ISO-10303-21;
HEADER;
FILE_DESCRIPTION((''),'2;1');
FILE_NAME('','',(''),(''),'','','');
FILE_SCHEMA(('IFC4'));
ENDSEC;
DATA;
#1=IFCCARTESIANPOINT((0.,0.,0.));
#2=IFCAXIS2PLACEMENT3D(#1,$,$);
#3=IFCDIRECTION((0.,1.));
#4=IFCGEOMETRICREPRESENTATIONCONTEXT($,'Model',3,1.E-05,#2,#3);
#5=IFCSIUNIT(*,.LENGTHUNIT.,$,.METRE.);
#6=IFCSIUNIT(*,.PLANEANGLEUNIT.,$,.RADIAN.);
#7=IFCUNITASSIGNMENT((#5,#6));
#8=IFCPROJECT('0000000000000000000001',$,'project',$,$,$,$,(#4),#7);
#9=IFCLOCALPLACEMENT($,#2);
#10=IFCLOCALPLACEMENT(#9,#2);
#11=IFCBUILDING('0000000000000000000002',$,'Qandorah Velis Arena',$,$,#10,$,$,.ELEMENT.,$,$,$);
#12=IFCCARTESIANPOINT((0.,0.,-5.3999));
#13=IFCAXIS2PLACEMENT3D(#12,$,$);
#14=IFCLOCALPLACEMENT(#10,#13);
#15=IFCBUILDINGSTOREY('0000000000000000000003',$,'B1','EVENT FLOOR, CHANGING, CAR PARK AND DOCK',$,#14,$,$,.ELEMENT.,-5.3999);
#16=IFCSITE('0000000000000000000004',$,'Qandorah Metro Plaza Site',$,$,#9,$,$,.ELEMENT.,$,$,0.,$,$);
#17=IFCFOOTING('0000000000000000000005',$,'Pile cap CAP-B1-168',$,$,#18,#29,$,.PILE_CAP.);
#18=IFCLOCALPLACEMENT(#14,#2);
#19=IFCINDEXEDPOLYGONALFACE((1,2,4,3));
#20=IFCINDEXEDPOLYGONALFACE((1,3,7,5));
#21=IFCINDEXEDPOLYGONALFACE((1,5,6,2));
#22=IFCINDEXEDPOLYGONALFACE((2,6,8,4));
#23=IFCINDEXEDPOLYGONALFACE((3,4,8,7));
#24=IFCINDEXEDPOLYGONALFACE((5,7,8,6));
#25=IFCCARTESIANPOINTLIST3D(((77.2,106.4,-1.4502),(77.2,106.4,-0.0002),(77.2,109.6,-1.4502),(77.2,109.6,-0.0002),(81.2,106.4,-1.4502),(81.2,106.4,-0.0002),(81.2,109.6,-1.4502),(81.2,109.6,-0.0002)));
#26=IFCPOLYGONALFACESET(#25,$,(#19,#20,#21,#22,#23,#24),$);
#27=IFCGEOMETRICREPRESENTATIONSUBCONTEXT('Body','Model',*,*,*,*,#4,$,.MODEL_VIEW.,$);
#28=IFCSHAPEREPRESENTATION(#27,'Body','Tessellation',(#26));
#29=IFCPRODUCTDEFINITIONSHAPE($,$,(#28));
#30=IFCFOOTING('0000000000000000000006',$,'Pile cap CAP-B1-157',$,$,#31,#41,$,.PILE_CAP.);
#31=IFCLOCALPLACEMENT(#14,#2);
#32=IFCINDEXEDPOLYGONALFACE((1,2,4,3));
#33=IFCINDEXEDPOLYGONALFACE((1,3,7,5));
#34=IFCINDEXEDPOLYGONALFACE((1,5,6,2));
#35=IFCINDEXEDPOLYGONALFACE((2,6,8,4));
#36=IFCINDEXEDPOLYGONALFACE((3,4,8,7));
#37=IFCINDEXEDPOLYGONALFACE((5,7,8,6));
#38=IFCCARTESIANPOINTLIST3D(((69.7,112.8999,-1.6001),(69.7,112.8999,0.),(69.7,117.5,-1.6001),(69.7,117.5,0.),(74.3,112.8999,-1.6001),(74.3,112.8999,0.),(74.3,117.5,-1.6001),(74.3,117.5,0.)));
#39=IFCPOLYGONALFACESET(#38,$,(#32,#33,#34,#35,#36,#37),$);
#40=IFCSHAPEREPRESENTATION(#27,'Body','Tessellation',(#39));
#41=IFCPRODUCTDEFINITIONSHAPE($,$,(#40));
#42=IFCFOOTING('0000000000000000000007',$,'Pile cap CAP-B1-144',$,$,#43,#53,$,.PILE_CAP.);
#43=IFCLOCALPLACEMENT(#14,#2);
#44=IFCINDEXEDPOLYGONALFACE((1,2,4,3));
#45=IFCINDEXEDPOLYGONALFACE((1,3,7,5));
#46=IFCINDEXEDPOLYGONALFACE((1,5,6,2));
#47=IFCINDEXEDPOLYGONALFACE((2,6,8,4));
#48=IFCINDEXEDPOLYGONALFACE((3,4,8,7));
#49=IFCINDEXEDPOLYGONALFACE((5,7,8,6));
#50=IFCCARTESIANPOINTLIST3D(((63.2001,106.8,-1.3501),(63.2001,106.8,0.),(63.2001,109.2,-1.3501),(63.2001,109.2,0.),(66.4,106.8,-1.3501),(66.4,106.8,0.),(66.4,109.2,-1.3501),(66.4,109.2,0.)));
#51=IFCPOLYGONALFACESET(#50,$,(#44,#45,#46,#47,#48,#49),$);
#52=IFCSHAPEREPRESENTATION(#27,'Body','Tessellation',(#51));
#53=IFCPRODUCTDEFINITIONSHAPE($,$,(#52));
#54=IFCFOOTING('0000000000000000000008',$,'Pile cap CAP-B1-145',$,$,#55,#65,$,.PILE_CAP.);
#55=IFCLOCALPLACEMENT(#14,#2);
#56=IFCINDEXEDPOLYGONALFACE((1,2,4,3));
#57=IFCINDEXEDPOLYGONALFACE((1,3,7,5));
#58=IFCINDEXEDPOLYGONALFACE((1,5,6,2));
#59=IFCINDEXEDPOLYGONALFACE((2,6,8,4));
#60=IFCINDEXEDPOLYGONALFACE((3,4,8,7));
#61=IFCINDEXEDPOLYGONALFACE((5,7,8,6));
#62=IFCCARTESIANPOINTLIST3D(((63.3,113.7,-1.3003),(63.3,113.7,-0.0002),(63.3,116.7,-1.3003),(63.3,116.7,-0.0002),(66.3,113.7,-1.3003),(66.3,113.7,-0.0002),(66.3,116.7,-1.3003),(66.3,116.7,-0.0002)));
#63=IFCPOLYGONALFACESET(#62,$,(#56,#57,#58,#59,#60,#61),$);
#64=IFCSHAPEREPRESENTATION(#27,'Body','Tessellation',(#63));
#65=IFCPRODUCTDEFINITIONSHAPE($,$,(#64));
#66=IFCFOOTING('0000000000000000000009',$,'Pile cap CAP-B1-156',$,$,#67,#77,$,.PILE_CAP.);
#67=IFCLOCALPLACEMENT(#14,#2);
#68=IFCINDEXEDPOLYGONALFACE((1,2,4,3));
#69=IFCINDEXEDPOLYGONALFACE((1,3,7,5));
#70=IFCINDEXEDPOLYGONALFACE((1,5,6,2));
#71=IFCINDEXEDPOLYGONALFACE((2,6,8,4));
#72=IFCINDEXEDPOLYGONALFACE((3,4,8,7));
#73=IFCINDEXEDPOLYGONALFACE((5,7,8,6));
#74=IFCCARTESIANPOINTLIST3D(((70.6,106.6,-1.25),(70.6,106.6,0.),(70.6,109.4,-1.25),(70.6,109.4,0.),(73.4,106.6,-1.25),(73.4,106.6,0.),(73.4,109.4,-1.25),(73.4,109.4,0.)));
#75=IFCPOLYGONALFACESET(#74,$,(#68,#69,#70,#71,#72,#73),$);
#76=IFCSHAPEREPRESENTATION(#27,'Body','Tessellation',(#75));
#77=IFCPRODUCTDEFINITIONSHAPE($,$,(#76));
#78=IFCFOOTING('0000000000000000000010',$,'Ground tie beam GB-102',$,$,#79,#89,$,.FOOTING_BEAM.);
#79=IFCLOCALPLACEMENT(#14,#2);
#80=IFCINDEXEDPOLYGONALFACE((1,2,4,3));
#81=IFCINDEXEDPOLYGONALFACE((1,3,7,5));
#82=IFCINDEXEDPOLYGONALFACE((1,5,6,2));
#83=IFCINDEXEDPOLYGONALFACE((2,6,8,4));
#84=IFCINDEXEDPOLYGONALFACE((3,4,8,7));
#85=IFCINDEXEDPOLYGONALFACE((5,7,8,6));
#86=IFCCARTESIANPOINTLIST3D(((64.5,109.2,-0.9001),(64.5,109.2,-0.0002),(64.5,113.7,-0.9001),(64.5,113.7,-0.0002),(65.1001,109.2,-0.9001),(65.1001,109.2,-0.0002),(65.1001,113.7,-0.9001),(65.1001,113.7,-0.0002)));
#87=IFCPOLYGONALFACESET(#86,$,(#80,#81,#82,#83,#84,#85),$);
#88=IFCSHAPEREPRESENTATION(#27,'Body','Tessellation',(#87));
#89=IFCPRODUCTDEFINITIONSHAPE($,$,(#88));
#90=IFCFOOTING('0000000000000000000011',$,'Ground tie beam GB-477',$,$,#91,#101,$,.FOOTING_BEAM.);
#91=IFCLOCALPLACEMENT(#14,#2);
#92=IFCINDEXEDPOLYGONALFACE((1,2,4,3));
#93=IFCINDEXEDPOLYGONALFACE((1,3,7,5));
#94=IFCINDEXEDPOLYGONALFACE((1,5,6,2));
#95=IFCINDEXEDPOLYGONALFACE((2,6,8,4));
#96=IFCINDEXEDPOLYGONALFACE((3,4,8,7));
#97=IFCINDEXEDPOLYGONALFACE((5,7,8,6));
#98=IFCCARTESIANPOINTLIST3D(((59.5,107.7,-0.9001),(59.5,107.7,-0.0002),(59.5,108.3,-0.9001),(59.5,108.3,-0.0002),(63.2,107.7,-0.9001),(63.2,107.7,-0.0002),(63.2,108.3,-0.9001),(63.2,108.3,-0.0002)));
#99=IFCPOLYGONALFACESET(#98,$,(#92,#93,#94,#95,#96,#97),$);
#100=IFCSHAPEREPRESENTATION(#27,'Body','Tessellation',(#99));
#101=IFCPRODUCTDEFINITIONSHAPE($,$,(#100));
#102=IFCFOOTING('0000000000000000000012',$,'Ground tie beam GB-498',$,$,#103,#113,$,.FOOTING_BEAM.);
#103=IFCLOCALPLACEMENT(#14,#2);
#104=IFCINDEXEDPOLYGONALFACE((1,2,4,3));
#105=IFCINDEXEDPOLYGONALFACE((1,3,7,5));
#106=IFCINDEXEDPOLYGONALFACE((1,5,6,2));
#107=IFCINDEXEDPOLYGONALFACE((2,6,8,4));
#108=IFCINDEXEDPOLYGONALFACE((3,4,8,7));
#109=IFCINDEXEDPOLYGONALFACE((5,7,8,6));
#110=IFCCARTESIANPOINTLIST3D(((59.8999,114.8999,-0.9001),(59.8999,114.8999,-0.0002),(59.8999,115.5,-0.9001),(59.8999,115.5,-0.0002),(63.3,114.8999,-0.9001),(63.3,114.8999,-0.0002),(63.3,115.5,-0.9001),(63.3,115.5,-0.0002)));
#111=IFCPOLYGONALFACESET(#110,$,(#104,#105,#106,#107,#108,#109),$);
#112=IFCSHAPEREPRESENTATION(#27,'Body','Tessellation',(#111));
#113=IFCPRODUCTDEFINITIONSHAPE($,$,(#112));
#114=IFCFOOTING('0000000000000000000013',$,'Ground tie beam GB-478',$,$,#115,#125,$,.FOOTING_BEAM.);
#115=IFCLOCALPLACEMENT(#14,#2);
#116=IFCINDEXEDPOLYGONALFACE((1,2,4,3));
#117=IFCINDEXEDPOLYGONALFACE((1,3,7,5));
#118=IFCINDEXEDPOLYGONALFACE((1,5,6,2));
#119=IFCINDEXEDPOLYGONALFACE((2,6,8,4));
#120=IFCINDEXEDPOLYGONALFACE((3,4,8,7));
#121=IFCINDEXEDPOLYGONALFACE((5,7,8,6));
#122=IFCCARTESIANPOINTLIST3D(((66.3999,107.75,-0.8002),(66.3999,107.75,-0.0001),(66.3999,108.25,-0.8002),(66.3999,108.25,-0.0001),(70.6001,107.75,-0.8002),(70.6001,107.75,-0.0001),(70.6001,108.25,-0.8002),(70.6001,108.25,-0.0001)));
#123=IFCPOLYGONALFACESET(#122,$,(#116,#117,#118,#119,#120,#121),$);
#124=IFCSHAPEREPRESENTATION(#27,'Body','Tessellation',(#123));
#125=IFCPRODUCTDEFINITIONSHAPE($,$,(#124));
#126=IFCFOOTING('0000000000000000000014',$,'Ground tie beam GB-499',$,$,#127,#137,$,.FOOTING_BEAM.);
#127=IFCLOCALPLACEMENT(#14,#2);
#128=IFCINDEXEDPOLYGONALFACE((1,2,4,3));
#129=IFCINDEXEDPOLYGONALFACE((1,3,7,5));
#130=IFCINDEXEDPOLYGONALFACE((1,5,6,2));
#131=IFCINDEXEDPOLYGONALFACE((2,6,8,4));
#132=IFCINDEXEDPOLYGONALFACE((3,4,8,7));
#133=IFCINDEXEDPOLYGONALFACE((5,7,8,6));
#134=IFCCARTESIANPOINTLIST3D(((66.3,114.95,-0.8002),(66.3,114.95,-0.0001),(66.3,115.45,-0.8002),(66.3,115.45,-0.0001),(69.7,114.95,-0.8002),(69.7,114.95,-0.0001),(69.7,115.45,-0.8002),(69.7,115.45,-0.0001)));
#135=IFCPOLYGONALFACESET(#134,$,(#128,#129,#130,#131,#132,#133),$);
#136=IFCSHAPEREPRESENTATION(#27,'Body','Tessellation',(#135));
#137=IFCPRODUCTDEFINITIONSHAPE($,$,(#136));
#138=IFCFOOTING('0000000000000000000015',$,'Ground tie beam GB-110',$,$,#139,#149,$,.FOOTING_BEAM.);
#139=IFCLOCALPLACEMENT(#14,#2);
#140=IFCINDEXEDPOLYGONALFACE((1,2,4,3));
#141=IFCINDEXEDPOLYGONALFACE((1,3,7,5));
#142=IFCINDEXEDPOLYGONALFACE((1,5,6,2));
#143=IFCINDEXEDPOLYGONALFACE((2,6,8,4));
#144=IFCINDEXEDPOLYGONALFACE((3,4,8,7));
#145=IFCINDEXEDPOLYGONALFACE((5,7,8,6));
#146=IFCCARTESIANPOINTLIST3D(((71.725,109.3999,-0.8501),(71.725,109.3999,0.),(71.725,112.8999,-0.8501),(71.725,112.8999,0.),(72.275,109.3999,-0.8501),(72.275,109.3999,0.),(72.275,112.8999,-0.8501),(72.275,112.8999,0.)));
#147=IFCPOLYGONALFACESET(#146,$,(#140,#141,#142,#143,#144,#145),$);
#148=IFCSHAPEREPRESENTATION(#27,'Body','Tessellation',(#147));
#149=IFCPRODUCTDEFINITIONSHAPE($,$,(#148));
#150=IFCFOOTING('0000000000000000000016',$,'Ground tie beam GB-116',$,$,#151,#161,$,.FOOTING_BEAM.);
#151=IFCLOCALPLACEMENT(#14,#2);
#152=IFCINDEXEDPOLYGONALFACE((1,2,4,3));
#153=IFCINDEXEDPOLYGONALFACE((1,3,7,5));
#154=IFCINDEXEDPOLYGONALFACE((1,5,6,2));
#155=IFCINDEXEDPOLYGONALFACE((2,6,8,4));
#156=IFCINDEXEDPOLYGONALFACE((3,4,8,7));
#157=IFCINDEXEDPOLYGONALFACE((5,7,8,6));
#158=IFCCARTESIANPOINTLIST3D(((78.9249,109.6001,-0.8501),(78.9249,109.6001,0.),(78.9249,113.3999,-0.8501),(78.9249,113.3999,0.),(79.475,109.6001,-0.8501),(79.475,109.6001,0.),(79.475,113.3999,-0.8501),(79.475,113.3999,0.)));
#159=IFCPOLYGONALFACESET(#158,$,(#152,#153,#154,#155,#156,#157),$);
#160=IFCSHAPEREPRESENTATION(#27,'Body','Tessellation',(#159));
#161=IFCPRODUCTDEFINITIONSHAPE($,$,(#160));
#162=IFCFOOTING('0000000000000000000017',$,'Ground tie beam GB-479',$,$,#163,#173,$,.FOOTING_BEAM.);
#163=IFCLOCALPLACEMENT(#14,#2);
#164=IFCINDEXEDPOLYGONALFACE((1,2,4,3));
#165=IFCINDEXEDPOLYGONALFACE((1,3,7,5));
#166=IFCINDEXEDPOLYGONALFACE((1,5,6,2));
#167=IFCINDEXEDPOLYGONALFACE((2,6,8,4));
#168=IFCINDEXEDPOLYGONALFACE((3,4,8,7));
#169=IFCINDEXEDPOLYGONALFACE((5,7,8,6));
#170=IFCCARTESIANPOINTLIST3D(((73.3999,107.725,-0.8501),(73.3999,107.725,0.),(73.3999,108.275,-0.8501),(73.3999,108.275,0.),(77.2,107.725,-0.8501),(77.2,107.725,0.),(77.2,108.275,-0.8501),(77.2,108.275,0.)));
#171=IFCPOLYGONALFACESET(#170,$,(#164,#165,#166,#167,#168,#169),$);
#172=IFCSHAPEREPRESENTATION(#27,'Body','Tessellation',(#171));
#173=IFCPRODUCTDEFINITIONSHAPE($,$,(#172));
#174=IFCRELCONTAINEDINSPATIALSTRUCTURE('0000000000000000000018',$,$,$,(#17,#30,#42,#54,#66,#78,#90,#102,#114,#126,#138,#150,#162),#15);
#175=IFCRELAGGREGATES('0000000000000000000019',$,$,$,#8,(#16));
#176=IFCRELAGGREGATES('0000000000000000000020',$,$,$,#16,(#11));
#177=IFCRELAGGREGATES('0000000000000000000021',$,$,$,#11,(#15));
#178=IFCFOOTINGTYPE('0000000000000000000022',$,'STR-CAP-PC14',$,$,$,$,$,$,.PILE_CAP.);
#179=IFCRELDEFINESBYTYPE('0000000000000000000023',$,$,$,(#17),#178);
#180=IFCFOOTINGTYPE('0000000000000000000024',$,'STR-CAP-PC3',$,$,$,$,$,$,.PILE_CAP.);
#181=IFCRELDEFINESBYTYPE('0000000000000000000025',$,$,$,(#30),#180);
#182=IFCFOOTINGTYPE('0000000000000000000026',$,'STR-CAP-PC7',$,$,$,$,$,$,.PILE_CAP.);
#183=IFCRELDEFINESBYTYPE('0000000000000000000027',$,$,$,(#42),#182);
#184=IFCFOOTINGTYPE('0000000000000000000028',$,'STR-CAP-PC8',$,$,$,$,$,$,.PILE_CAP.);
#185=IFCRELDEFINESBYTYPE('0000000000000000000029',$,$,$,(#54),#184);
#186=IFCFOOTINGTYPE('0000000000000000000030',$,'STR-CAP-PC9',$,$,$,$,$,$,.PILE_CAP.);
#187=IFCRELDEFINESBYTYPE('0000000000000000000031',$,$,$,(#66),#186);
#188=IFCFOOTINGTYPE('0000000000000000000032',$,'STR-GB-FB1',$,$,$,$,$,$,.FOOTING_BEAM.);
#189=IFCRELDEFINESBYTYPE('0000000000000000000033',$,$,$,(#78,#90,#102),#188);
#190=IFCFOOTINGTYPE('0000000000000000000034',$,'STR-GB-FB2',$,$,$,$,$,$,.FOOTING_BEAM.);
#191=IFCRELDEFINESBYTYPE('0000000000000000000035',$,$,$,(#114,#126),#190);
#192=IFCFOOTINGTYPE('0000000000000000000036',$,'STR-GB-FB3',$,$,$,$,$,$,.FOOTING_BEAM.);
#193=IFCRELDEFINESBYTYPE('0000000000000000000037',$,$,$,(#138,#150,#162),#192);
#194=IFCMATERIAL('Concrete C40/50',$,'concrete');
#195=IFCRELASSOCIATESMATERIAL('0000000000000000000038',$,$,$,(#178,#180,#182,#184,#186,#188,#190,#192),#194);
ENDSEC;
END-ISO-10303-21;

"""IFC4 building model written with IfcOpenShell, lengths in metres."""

from ifc_helpers import new_model, si_unit, direction, frame, origin, origin_2d, place, context, subcontext, project, spatial, rectangle, extrude, material, material_profile, profile_set, type_object, element, save


model = new_model("IFC4")

# Units and contexts
model_context = context("Model", 3, precision=1e-05, world=origin(), true_north=direction((0.0, 1.0)))
body_context = subcontext(model_context, "Body", "Model", "MODEL_VIEW")
ifc_project = project(units=[si_unit("LENGTHUNIT", "METRE"), si_unit("PLANEANGLEUNIT", "RADIAN")], contexts=[model_context])

# Site, building, storey
site_placement = place(None, origin())
site = spatial("IfcSite", under=ifc_project, at=site_placement, Name="Qandorah Metro Plaza Site", CompositionType="ELEMENT", RefElevation=0.0)
building_placement = place(site_placement, origin())
building = spatial("IfcBuilding", under=site, at=building_placement, Name="Qandorah Velis Arena", CompositionType="ELEMENT")
storey_placement = place(building_placement, frame((0.0, 0.0, -5.3999)))
storey = spatial("IfcBuildingStorey", under=building, at=storey_placement, Name="B1", Description="EVENT FLOOR, CHANGING, CAR PARK AND DOCK", CompositionType="ELEMENT", Elevation=-5.3999)

# Footings
ifc_material_1 = material(Name="Concrete C40/50", Category="concrete")
footing_type_1 = type_object("IfcFootingType", Name="STR-CAP-PC14", PredefinedType="PILE_CAP", material=ifc_material_1)
footing_1_placement = place(storey_placement, frame((79.2, 108.0, -1.4502), z_axis=(0.0, 0.0, 1.0), x_axis=(1.0, 0.0, 0.0)))
element("IfcFooting", 1, at=footing_1_placement, inside=storey, type_object=footing_type_1, Name="Pile cap CAP-B1-168", PredefinedType="PILE_CAP", context=body_context, shape_type="SweptSolid", body=[
    extrude(rectangle(XDim=4.0, YDim=3.2, at=origin_2d()), origin(), (0.0, 0.0, 1.0), 1.45),
])
footing_type_2 = type_object("IfcFootingType", Name="STR-CAP-PC3", PredefinedType="PILE_CAP", material=ifc_material_1)
footing_2_placement = place(storey_placement, frame((72.0, 115.2, -1.6001), z_axis=(0.0, 0.0, 1.0), x_axis=(1.0, 0.0, 0.0)))
element("IfcFooting", 2, at=footing_2_placement, inside=storey, type_object=footing_type_2, Name="Pile cap CAP-B1-157", PredefinedType="PILE_CAP", context=body_context, shape_type="SweptSolid", body=[
    extrude(rectangle(XDim=4.6001, YDim=4.6001, at=origin_2d()), origin(), (0.0, 0.0, 1.0), 1.6001),
])
footing_type_3 = type_object("IfcFootingType", Name="STR-CAP-PC7", PredefinedType="PILE_CAP", material=ifc_material_1)
footing_3_placement = place(storey_placement, frame((64.8, 108.0, -1.3501), z_axis=(0.0, 0.0, 1.0), x_axis=(1.0, 0.0, 0.0)))
element("IfcFooting", 3, at=footing_3_placement, inside=storey, type_object=footing_type_3, Name="Pile cap CAP-B1-144", PredefinedType="PILE_CAP", context=body_context, shape_type="SweptSolid", body=[
    extrude(rectangle(XDim=3.2, YDim=2.3999, at=origin_2d()), origin(), (0.0, 0.0, 1.0), 1.3501),
])
footing_type_4 = type_object("IfcFootingType", Name="STR-CAP-PC8", PredefinedType="PILE_CAP", material=ifc_material_1)
footing_4_placement = place(storey_placement, frame((64.8, 115.2, -1.3003), z_axis=(0.0, 0.0, 1.0), x_axis=(1.0, 0.0, 0.0)))
element("IfcFooting", 4, at=footing_4_placement, inside=storey, type_object=footing_type_4, Name="Pile cap CAP-B1-145", PredefinedType="PILE_CAP", context=body_context, shape_type="SweptSolid", body=[
    extrude(rectangle(XDim=3.0, YDim=3.0, at=origin_2d()), origin(), (0.0, 0.0, 1.0), 1.3),
])
footing_type_5 = type_object("IfcFootingType", Name="STR-CAP-PC9", PredefinedType="PILE_CAP", material=ifc_material_1)
footing_5_placement = place(storey_placement, frame((72.0, 108.0, -1.25), z_axis=(0.0, 0.0, 1.0), x_axis=(1.0, 0.0, 0.0)))
element("IfcFooting", 5, at=footing_5_placement, inside=storey, type_object=footing_type_5, Name="Pile cap CAP-B1-156", PredefinedType="PILE_CAP", context=body_context, shape_type="SweptSolid", body=[
    extrude(rectangle(XDim=2.8, YDim=2.8, at=origin_2d()), origin(), (0.0, 0.0, 1.0), 1.25),
])
ifc_material_profile_1 = material_profile(ifc_material_1, rectangle(XDim=0.6001, YDim=0.8999, at=origin_2d()), Name="GB1 600x900")
ifc_profile_set_1 = profile_set([ifc_material_profile_1], Name="Concrete C40/50")
footing_type_6 = type_object("IfcFootingType", Name="STR-GB-FB1", PredefinedType="FOOTING_BEAM", material=ifc_profile_set_1)
footing_6_placement = place(storey_placement, frame((64.8, 109.2, -0.4502), z_axis=(0.0, 1.0, 0.0), x_axis=(-1.0, 0.0, 0.0)))
element("IfcFooting", 6, at=footing_6_placement, inside=storey, type_object=footing_type_6, Name="Ground tie beam GB-102", PredefinedType="FOOTING_BEAM", context=body_context, shape_type="SweptSolid", body=[
    extrude(rectangle(XDim=0.6001, YDim=0.8999, at=origin_2d()), origin(), (0.0, 0.0, 1.0), 4.5),
])
footing_7_placement = place(storey_placement, frame((59.5, 108.0, -0.4502), z_axis=(1.0, 0.0, 0.0), x_axis=(0.0, 1.0, 0.0)))
element("IfcFooting", 7, at=footing_7_placement, inside=storey, type_object=footing_type_6, Name="Ground tie beam GB-477", PredefinedType="FOOTING_BEAM", context=body_context, shape_type="SweptSolid", body=[
    extrude(rectangle(XDim=0.6001, YDim=0.8999, at=origin_2d()), origin(), (0.0, 0.0, 1.0), 3.7),
])
footing_8_placement = place(storey_placement, frame((59.8999, 115.2, -0.4502), z_axis=(1.0, 0.0, 0.0), x_axis=(0.0, 1.0, 0.0)))
element("IfcFooting", 8, at=footing_8_placement, inside=storey, type_object=footing_type_6, Name="Ground tie beam GB-498", PredefinedType="FOOTING_BEAM", context=body_context, shape_type="SweptSolid", body=[
    extrude(rectangle(XDim=0.6001, YDim=0.8999, at=origin_2d()), origin(), (0.0, 0.0, 1.0), 3.4001),
])
ifc_material_profile_2 = material_profile(ifc_material_1, rectangle(XDim=0.5, YDim=0.8, at=origin_2d()), Name="GB2 500x800")
ifc_profile_set_2 = profile_set([ifc_material_profile_2], Name="Concrete C40/50")
footing_type_7 = type_object("IfcFootingType", Name="STR-GB-FB2", PredefinedType="FOOTING_BEAM", material=ifc_profile_set_2)
footing_9_placement = place(storey_placement, frame((66.3999, 108.0, -0.4001), z_axis=(1.0, 0.0, 0.0), x_axis=(0.0, 1.0, 0.0)))
element("IfcFooting", 9, at=footing_9_placement, inside=storey, type_object=footing_type_7, Name="Ground tie beam GB-478", PredefinedType="FOOTING_BEAM", context=body_context, shape_type="SweptSolid", body=[
    extrude(rectangle(XDim=0.5, YDim=0.8, at=origin_2d()), origin(), (0.0, 0.0, 1.0), 4.2002),
])
footing_10_placement = place(storey_placement, frame((66.3, 115.2, -0.4001), z_axis=(1.0, 0.0, 0.0), x_axis=(0.0, 1.0, 0.0)))
element("IfcFooting", 10, at=footing_10_placement, inside=storey, type_object=footing_type_7, Name="Ground tie beam GB-499", PredefinedType="FOOTING_BEAM", context=body_context, shape_type="SweptSolid", body=[
    extrude(rectangle(XDim=0.5, YDim=0.8, at=origin_2d()), origin(), (0.0, 0.0, 1.0), 3.3999),
])
ifc_material_profile_3 = material_profile(ifc_material_1, rectangle(XDim=0.55, YDim=0.8501, at=origin_2d()), Name="GB3 550x850")
ifc_profile_set_3 = profile_set([ifc_material_profile_3], Name="Concrete C40/50")
footing_type_8 = type_object("IfcFootingType", Name="STR-GB-FB3", PredefinedType="FOOTING_BEAM", material=ifc_profile_set_3)
footing_11_placement = place(storey_placement, frame((72.0, 109.3999, -0.425), z_axis=(0.0, 1.0, 0.0), x_axis=(-1.0, 0.0, 0.0)))
element("IfcFooting", 11, at=footing_11_placement, inside=storey, type_object=footing_type_8, Name="Ground tie beam GB-110", PredefinedType="FOOTING_BEAM", context=body_context, shape_type="SweptSolid", body=[
    extrude(rectangle(XDim=0.55, YDim=0.8501, at=origin_2d()), origin(), (0.0, 0.0, 1.0), 3.5),
])
footing_12_placement = place(storey_placement, frame((79.2, 109.6001, -0.425), z_axis=(0.0, 1.0, 0.0), x_axis=(-1.0, 0.0, 0.0)))
element("IfcFooting", 12, at=footing_12_placement, inside=storey, type_object=footing_type_8, Name="Ground tie beam GB-116", PredefinedType="FOOTING_BEAM", context=body_context, shape_type="SweptSolid", body=[
    extrude(rectangle(XDim=0.55, YDim=0.8501, at=origin_2d()), origin(), (0.0, 0.0, 1.0), 3.7998),
])
footing_13_placement = place(storey_placement, frame((73.3999, 108.0, -0.425), z_axis=(1.0, 0.0, 0.0), x_axis=(0.0, 1.0, 0.0)))
element("IfcFooting", 13, at=footing_13_placement, inside=storey, type_object=footing_type_8, Name="Ground tie beam GB-479", PredefinedType="FOOTING_BEAM", context=body_context, shape_type="SweptSolid", body=[
    extrude(rectangle(XDim=0.55, YDim=0.8501, at=origin_2d()), origin(), (0.0, 0.0, 1.0), 3.8),
])

save(model, "model.ifc")
